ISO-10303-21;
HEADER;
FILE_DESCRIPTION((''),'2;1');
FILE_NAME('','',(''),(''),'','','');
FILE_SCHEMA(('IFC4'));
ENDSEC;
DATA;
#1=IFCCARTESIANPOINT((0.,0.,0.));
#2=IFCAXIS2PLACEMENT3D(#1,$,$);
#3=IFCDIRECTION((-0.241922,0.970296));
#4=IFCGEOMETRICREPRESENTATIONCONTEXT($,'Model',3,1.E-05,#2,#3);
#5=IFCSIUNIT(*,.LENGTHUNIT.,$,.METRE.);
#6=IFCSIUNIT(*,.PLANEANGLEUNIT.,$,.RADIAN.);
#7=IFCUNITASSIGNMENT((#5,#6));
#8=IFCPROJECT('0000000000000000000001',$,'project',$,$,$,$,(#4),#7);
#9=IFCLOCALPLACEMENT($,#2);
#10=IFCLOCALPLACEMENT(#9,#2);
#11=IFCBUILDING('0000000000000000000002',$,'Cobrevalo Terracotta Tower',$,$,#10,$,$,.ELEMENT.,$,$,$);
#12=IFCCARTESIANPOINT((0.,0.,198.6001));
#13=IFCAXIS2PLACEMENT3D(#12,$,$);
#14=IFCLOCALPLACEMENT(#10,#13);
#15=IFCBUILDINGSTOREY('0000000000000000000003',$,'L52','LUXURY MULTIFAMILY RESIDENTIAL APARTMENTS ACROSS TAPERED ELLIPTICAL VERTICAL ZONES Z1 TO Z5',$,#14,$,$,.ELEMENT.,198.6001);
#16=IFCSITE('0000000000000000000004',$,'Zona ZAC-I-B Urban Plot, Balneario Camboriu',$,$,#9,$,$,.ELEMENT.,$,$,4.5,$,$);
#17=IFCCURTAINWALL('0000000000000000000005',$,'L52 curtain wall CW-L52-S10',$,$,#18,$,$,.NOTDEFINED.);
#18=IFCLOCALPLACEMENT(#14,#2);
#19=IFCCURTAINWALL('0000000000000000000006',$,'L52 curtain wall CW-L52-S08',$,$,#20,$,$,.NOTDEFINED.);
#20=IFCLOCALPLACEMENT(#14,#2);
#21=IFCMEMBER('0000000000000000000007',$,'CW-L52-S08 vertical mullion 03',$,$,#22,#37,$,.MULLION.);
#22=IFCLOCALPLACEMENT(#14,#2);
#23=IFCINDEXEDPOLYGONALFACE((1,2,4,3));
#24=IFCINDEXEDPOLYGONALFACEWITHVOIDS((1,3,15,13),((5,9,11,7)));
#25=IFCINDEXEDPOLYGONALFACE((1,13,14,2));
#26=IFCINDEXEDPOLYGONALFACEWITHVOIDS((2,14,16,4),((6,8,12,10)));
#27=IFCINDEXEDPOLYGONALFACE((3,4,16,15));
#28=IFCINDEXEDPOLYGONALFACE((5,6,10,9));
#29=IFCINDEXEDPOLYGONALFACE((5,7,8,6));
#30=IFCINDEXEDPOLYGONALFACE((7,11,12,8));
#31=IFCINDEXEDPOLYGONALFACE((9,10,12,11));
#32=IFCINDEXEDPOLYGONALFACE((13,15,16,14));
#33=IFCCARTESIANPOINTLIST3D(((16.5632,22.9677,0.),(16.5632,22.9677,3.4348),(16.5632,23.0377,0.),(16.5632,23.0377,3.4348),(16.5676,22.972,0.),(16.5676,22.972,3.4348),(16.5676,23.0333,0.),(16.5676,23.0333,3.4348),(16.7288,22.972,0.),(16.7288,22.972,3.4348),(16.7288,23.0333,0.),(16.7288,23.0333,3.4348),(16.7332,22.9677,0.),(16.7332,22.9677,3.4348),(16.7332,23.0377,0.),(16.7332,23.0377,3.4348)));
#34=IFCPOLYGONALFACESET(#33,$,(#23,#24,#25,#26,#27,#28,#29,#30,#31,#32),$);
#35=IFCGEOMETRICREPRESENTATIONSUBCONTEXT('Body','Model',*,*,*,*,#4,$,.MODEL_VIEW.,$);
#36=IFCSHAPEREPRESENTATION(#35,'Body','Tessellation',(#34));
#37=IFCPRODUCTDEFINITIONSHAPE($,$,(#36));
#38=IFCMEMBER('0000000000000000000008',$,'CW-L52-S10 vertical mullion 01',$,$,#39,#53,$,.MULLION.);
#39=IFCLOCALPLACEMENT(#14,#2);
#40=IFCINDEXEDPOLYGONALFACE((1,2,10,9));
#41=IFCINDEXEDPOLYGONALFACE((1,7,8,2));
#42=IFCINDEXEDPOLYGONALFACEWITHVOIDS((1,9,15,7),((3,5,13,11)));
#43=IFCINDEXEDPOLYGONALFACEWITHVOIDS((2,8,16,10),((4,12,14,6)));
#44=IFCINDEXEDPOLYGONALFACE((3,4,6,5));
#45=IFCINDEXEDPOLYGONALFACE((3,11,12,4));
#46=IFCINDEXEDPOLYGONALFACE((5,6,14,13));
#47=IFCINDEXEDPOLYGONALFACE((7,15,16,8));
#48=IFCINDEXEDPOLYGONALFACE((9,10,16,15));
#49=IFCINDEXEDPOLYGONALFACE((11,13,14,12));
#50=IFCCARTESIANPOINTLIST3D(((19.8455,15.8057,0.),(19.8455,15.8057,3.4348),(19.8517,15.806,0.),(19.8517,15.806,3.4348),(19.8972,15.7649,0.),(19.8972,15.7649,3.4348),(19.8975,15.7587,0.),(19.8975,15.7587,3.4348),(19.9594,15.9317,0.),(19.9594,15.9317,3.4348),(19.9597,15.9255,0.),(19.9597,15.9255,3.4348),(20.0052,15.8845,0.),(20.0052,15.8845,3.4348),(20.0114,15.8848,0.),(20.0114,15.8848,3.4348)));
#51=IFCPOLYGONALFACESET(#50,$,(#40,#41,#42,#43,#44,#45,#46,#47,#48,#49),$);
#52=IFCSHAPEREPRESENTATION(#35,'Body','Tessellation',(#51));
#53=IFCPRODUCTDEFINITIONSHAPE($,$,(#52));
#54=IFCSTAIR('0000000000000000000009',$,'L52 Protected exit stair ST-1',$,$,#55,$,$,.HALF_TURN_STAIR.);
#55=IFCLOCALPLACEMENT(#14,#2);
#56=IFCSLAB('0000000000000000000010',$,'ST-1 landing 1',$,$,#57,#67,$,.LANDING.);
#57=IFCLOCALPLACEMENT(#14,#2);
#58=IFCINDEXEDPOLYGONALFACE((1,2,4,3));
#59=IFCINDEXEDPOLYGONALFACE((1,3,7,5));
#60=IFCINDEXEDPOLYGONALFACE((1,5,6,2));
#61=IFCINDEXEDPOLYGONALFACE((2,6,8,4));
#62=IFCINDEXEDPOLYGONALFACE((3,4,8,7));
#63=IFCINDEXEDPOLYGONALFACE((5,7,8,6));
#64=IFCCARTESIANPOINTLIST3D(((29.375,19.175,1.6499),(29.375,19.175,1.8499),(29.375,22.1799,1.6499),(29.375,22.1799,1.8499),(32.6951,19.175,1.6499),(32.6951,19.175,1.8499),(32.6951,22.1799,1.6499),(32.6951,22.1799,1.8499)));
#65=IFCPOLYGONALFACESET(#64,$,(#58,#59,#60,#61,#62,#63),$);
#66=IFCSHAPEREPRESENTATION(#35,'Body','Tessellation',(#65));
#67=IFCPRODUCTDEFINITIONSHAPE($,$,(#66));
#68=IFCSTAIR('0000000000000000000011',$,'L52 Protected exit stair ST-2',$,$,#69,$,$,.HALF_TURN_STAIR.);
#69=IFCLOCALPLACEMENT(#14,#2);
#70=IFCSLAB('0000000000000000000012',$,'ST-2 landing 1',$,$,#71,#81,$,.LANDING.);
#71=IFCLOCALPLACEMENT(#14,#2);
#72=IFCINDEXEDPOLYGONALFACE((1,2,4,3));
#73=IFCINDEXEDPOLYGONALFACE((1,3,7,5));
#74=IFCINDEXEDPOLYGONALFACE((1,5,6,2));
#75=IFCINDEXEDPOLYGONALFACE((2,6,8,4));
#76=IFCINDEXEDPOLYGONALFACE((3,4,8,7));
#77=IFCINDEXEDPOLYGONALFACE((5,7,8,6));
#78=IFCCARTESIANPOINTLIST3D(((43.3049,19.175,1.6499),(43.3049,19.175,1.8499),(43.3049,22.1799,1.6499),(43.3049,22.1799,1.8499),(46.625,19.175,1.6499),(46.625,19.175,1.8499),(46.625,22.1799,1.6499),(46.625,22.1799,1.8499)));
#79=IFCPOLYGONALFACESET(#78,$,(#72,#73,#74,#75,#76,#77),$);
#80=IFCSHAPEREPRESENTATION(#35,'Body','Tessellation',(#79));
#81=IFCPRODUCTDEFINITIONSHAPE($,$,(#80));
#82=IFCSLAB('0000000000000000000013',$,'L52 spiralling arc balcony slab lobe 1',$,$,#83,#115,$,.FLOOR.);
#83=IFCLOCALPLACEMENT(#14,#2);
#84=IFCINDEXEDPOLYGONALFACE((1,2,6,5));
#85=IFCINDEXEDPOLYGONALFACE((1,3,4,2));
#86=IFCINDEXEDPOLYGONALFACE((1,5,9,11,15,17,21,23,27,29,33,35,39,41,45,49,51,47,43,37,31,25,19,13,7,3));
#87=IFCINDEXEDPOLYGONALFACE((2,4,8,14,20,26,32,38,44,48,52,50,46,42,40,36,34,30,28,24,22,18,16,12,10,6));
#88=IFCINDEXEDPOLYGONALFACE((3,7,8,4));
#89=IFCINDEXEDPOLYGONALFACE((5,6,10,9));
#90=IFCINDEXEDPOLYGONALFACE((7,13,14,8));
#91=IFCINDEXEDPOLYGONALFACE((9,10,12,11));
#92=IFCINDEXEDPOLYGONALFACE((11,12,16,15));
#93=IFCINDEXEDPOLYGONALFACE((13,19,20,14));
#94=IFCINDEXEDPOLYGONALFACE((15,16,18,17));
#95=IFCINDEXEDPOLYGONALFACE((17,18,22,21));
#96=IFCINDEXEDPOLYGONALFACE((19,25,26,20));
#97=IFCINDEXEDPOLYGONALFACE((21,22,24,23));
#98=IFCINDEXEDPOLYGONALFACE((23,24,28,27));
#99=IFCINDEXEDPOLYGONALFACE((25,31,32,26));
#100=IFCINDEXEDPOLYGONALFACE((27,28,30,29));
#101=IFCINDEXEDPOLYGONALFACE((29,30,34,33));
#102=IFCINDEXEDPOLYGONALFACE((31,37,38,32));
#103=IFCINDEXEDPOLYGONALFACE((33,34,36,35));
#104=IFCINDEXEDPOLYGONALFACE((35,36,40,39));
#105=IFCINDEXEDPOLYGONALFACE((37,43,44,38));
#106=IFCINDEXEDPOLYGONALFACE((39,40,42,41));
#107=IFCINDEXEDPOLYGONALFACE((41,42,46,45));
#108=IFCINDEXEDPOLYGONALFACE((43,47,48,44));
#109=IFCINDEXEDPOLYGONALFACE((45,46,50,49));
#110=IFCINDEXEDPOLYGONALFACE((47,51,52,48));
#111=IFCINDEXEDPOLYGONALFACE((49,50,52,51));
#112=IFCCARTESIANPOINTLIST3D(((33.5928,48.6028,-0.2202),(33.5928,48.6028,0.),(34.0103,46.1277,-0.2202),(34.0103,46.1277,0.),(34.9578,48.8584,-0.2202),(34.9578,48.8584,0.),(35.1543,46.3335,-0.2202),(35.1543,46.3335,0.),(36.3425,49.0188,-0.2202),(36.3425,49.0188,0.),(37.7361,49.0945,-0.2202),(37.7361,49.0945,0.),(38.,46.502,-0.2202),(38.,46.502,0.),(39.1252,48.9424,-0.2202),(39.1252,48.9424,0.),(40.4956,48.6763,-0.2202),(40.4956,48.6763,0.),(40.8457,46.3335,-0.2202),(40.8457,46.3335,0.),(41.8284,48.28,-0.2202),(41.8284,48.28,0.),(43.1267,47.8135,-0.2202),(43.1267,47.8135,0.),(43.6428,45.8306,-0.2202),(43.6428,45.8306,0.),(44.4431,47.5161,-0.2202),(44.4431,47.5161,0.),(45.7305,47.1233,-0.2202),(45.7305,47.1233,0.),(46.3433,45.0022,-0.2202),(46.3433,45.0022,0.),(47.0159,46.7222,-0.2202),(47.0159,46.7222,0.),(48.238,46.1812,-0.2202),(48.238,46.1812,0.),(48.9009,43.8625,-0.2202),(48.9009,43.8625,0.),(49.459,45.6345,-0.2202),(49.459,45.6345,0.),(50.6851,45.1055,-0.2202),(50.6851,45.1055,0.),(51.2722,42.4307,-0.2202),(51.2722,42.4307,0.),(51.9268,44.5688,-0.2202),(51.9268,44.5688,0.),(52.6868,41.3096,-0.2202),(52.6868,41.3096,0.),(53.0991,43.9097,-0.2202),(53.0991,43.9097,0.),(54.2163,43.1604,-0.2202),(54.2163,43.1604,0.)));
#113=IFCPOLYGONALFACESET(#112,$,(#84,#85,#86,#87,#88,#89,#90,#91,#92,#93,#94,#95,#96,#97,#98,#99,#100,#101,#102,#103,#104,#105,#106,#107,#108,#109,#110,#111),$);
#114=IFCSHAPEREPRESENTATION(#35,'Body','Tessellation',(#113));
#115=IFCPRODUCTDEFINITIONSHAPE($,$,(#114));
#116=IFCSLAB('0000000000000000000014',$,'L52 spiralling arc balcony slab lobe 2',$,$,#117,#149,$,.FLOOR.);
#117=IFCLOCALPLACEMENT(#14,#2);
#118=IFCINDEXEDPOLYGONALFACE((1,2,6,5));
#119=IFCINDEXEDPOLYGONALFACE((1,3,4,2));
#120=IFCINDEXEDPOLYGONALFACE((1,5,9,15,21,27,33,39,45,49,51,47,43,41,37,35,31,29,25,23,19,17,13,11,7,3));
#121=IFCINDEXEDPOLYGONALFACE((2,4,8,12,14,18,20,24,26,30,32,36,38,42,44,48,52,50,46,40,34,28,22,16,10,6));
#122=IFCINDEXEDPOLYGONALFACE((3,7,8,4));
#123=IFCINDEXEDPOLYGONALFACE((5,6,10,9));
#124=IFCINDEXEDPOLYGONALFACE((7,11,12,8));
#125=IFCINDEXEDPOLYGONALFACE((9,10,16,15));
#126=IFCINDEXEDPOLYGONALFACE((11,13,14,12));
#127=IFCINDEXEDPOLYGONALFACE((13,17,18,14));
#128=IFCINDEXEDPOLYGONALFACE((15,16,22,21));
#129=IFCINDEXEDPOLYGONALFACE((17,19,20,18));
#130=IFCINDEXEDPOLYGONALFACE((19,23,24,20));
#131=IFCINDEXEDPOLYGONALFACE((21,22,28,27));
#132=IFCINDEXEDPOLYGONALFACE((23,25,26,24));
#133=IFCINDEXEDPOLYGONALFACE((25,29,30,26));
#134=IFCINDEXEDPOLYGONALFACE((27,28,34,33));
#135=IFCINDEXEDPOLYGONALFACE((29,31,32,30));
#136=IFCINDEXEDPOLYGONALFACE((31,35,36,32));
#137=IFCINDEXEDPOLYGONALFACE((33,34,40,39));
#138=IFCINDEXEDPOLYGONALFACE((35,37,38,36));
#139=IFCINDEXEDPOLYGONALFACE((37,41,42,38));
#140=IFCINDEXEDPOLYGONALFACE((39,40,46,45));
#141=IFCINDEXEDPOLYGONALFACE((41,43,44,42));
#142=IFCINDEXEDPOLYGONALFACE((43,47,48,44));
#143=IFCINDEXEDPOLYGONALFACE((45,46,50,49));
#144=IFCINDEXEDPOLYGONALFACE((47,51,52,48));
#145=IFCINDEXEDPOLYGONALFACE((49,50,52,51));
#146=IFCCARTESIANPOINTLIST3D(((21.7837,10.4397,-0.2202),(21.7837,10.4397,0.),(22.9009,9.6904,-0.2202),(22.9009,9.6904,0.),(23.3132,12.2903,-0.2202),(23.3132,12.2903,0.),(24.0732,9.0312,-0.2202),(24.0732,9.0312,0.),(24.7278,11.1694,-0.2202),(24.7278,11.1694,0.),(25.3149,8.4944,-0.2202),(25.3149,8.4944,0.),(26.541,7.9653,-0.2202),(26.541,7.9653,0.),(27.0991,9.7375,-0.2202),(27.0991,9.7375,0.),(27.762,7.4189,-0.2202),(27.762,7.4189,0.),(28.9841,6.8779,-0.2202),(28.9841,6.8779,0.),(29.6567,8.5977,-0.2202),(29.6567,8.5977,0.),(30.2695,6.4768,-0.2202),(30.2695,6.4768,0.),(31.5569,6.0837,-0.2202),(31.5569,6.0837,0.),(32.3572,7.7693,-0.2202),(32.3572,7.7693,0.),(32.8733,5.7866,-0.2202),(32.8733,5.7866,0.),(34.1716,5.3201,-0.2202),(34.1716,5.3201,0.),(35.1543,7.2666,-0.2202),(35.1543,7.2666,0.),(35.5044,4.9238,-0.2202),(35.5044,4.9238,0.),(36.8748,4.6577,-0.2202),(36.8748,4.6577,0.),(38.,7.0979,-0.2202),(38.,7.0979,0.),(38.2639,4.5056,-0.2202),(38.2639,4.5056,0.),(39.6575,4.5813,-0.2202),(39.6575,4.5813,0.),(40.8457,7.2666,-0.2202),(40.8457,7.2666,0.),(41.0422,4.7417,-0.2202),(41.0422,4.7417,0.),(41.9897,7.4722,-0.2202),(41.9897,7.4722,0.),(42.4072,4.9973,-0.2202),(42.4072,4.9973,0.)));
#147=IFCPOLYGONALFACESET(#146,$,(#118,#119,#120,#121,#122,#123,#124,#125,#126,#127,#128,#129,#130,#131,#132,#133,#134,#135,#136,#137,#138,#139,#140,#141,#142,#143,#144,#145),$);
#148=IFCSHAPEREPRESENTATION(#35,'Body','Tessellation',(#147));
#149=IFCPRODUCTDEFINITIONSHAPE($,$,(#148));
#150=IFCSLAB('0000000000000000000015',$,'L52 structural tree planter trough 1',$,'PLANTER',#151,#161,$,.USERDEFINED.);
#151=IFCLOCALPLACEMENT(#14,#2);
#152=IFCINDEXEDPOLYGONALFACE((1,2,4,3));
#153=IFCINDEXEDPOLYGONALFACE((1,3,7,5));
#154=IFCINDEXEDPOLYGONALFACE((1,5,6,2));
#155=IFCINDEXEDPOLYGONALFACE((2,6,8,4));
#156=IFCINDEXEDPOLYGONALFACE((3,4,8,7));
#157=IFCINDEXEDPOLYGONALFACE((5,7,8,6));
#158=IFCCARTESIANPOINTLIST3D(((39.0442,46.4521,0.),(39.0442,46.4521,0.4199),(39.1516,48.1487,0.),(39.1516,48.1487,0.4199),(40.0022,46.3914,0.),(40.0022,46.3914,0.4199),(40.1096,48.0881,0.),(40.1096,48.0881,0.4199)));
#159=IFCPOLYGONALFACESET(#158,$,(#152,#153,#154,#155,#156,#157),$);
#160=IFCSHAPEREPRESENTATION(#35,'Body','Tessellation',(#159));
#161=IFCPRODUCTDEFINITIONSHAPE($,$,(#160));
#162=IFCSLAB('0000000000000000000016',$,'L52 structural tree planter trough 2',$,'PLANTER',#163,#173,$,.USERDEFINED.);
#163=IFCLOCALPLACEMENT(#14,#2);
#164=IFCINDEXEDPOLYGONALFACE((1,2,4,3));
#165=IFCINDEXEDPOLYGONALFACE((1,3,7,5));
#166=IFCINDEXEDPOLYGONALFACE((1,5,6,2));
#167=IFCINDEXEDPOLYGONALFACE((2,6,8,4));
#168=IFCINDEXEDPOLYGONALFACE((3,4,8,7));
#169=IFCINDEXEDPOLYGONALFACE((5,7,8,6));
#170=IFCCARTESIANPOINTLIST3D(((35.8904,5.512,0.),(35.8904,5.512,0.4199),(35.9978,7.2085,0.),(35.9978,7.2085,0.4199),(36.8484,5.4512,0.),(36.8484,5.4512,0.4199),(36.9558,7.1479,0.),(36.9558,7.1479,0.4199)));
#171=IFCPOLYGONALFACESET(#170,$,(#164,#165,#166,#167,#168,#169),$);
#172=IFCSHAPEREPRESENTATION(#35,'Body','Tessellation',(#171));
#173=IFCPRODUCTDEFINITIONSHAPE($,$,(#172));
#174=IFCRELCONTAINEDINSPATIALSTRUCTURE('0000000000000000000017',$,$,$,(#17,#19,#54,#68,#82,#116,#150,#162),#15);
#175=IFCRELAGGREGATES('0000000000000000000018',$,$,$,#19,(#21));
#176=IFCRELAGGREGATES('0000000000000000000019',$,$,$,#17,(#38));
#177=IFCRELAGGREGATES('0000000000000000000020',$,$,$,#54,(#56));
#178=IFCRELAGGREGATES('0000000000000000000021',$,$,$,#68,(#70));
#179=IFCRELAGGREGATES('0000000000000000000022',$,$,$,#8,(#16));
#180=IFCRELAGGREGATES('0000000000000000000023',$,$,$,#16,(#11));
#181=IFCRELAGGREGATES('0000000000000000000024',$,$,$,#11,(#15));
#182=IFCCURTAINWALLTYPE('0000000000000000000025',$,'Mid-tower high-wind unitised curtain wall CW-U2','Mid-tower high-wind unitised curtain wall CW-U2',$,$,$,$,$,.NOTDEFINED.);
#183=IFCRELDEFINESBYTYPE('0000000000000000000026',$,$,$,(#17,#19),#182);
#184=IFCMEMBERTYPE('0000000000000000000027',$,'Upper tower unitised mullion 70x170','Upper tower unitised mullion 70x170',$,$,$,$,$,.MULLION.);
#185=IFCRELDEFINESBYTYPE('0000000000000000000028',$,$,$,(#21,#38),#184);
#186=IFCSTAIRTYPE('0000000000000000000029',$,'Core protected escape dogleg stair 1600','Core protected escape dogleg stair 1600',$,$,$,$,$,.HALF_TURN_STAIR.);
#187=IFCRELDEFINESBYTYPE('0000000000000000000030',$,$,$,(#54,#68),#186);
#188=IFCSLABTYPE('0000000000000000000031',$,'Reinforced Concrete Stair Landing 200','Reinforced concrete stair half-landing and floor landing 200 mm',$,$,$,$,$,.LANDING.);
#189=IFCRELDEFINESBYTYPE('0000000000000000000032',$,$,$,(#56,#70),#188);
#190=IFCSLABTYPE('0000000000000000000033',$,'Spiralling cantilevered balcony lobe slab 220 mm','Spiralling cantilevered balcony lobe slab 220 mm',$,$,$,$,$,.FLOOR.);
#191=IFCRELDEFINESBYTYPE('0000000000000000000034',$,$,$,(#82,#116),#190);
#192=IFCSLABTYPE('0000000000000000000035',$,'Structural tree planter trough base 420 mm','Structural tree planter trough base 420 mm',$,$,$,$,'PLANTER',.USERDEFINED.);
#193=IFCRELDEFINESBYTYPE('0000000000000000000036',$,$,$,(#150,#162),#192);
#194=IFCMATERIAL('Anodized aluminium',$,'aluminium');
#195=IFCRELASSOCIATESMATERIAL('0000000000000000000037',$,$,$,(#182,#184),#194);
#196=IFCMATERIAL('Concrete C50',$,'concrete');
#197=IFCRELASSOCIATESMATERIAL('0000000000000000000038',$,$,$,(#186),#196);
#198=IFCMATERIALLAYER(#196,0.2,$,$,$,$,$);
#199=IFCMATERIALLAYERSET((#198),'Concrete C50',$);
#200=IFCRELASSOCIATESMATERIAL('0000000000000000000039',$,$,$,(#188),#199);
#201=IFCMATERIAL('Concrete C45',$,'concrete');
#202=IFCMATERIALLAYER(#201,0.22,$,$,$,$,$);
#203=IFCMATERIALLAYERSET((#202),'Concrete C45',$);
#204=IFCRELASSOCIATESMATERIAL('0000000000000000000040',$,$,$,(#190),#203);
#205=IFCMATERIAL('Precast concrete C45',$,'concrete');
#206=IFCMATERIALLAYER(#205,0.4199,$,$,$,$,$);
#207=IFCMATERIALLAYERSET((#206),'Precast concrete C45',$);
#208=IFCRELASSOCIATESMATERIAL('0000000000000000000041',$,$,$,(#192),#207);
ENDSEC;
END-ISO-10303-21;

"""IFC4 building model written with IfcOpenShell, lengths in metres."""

from ifc_helpers import new_model, si_unit, direction, frame, origin, origin_2d, place, context, subcontext, project, spatial, polyline, hollow_rectangle, outline, extrude, source, transform, mapped, material, layer, layer_set, material_profile, profile_set, type_object, element, aggregate, save


model = new_model("IFC4")

# Units and contexts
model_context = context("Model", 3, precision=1e-05, world=origin(), true_north=direction((-0.241922, 0.970296)))
body_context = subcontext(model_context, "Body", "Model", "MODEL_VIEW")
ifc_project = project(units=[si_unit("LENGTHUNIT", "METRE"), si_unit("PLANEANGLEUNIT", "RADIAN")], contexts=[model_context])

# Site, building, storey
site_placement = place(None, origin())
site = spatial("IfcSite", under=ifc_project, at=site_placement, Name="Zona ZAC-I-B Urban Plot, Balneario Camboriu", CompositionType="ELEMENT", RefElevation=4.5)
building_placement = place(site_placement, origin())
building = spatial("IfcBuilding", under=site, at=building_placement, Name="Cobrevalo Terracotta Tower", CompositionType="ELEMENT")
storey_placement = place(building_placement, frame((0.0, 0.0, 198.6001)))
storey = spatial("IfcBuildingStorey", under=building, at=storey_placement, Name="L52", Description="LUXURY MULTIFAMILY RESIDENTIAL APARTMENTS ACROSS TAPERED ELLIPTICAL VERTICAL ZONES Z1 TO Z5", CompositionType="ELEMENT", Elevation=198.6001)

# Curtain wall
ifc_material_1 = material(Name="Anodized aluminium", Category="aluminium")
curtain_wall_type = type_object("IfcCurtainWallType", Name="Mid-tower high-wind unitised curtain wall CW-U2", Description="Mid-tower high-wind unitised curtain wall CW-U2", PredefinedType="NOTDEFINED", material=ifc_material_1)
curtain_wall_1_placement = place(storey_placement, origin())
curtain_wall_1 = element("IfcCurtainWall", 1, at=curtain_wall_1_placement, inside=storey, type_object=curtain_wall_type, Name="L52 curtain wall CW-L52-S10", PredefinedType="NOTDEFINED")

# Curtain wall, member
curtain_wall_2_placement = place(storey_placement, origin())
curtain_wall_2 = element("IfcCurtainWall", 2, at=curtain_wall_2_placement, inside=storey, type_object=curtain_wall_type, Name="L52 curtain wall CW-L52-S08", PredefinedType="NOTDEFINED")
ifc_material_profile_1 = material_profile(ifc_material_1, hollow_rectangle(XDim=0.0701, YDim=0.1699, WallThickness=0.0044, at=origin_2d()), Name="CWM 70x170")
ifc_profile_set_1 = profile_set([ifc_material_profile_1], Name="Anodized aluminium")
member_type_1 = type_object("IfcMemberType", Name="Upper tower unitised mullion 70x170", Description="Upper tower unitised mullion 70x170", PredefinedType="MULLION", material=ifc_profile_set_1)
shared_shape_1 = source(origin(), body_context, "Body", "SweptSolid", [
    extrude(hollow_rectangle(XDim=0.0701, YDim=0.1699, WallThickness=0.0044, at=origin_2d()), origin(), (0.0, 0.0, 1.0), 3.4348),
])
member_1_placement = place(storey_placement, frame((16.6482, 23.0027, 0.0), z_axis=(0.0, 0.0, 1.0), x_axis=(0.0, -1.0, 0.0)))
member_1 = element("IfcMember", 3, at=member_1_placement, type_object=member_type_1, Name="CW-L52-S08 vertical mullion 03", PredefinedType="MULLION", context=body_context, shape_type="MappedRepresentation", body=[
    mapped(shared_shape_1, transform((0.0, 0.0, 0.0), scale=1.0)),
])
aggregate(curtain_wall_2, [member_1])

# Member
member_2_placement = place(storey_placement, frame((19.9285, 15.8452, 0.0), z_axis=(0.0, 0.0, 1.0), x_axis=(0.741988, -0.670414, 0.0)))
member_2 = element("IfcMember", 4, at=member_2_placement, type_object=member_type_1, Name="CW-L52-S10 vertical mullion 01", PredefinedType="MULLION", context=body_context, shape_type="MappedRepresentation", body=[
    mapped(shared_shape_1, transform((0.0, 0.0, 0.0), scale=1.0)),
])
aggregate(curtain_wall_1, [member_2])

# Stairs, slabs
ifc_material_2 = material(Name="Concrete C50", Category="concrete")
stair_type = type_object("IfcStairType", Name="Core protected escape dogleg stair 1600", Description="Core protected escape dogleg stair 1600", PredefinedType="HALF_TURN_STAIR", material=ifc_material_2)
stair_1_placement = place(storey_placement, origin())
stair_1 = element("IfcStair", 5, at=stair_1_placement, inside=storey, type_object=stair_type, Name="L52 Protected exit stair ST-1", PredefinedType="HALF_TURN_STAIR")
ifc_layer_1 = layer(ifc_material_2, 0.2)
ifc_layer_set_1 = layer_set([ifc_layer_1], Name="Concrete C50")
slab_type_1 = type_object("IfcSlabType", Name="Reinforced Concrete Stair Landing 200", Description="Reinforced concrete stair half-landing and floor landing 200 mm", PredefinedType="LANDING", material=ifc_layer_set_1)
slab_1_placement = place(storey_placement, frame((0.0, 0.0, 1.6499)))
slab_1 = element("IfcSlab", 6, at=slab_1_placement, type_object=slab_type_1, Name="ST-1 landing 1", PredefinedType="LANDING", context=body_context, shape_type="SweptSolid", body=[
    extrude(outline(polyline([(29.375, 22.1799), (29.375, 19.175), (32.6951, 19.175), (32.6951, 22.1799), (29.375, 22.1799)])), origin(), (0.0, 0.0, 1.0), 0.2),
])
aggregate(stair_1, [slab_1])
stair_2_placement = place(storey_placement, origin())
stair_2 = element("IfcStair", 7, at=stair_2_placement, inside=storey, type_object=stair_type, Name="L52 Protected exit stair ST-2", PredefinedType="HALF_TURN_STAIR")
slab_2_placement = place(storey_placement, frame((0.0, 0.0, 1.6499)))
slab_2 = element("IfcSlab", 8, at=slab_2_placement, type_object=slab_type_1, Name="ST-2 landing 1", PredefinedType="LANDING", context=body_context, shape_type="SweptSolid", body=[
    extrude(outline(polyline([(43.3049, 22.1799), (43.3049, 19.175), (46.625, 19.175), (46.625, 22.1799), (43.3049, 22.1799)])), origin(), (0.0, 0.0, 1.0), 0.2),
])
aggregate(stair_2, [slab_2])

# Slabs
ifc_material_3 = material(Name="Concrete C45", Category="concrete")
ifc_layer_2 = layer(ifc_material_3, 0.22)
ifc_layer_set_2 = layer_set([ifc_layer_2], Name="Concrete C45")
slab_type_2 = type_object("IfcSlabType", Name="Spiralling cantilevered balcony lobe slab 220 mm", Description="Spiralling cantilevered balcony lobe slab 220 mm", PredefinedType="FLOOR", material=ifc_layer_set_2)
slab_3_placement = place(storey_placement, frame((0.0, 0.0, -0.2202)))
element("IfcSlab", 9, at=slab_3_placement, inside=storey, type_object=slab_type_2, Name="L52 spiralling arc balcony slab lobe 1", PredefinedType="FLOOR", context=body_context, shape_type="SweptSolid", body=[
    extrude(outline(polyline([(54.2163, 43.1604), (53.0991, 43.9097), (51.9268, 44.5688), (50.6851, 45.1055), (49.459, 45.6345), (48.238, 46.1812), (47.0159, 46.7222), (45.7305, 47.1233), (44.4431, 47.5161), (43.1267, 47.8135), (41.8284, 48.28), (40.4956, 48.6763), (39.1252, 48.9424), (37.7361, 49.0945), (36.3425, 49.0188), (34.9578, 48.8584), (33.5928, 48.6028), (34.0103, 46.1277), (35.1543, 46.3335), (38.0, 46.502), (40.8457, 46.3335), (43.6428, 45.8306), (46.3433, 45.0022), (48.9009, 43.8625), (51.2722, 42.4307), (52.6868, 41.3096), (54.2163, 43.1604)])), origin(), (0.0, 0.0, 1.0), 0.2202),
])
slab_4_placement = place(storey_placement, frame((0.0, 0.0, -0.2202)))
element("IfcSlab", 10, at=slab_4_placement, inside=storey, type_object=slab_type_2, Name="L52 spiralling arc balcony slab lobe 2", PredefinedType="FLOOR", context=body_context, shape_type="SweptSolid", body=[
    extrude(outline(polyline([(21.7837, 10.4397), (22.9009, 9.6904), (24.0732, 9.0312), (25.3149, 8.4944), (26.541, 7.9653), (27.762, 7.4189), (28.9841, 6.8779), (30.2695, 6.4768), (31.5569, 6.0837), (32.8733, 5.7866), (34.1716, 5.3201), (35.5044, 4.9238), (36.8748, 4.6577), (38.2639, 4.5056), (39.6575, 4.5813), (41.0422, 4.7417), (42.4072, 4.9973), (41.9897, 7.4722), (40.8457, 7.2666), (38.0, 7.0979), (35.1543, 7.2666), (32.3572, 7.7693), (29.6567, 8.5977), (27.0991, 9.7375), (24.7278, 11.1694), (23.3132, 12.2903), (21.7837, 10.4397)])), origin(), (0.0, 0.0, 1.0), 0.2202),
])
ifc_material_4 = material(Name="Precast concrete C45", Category="concrete")
ifc_layer_3 = layer(ifc_material_4, 0.4199)
ifc_layer_set_3 = layer_set([ifc_layer_3], Name="Precast concrete C45")
slab_type_3 = type_object("IfcSlabType", Name="Structural tree planter trough base 420 mm", Description="Structural tree planter trough base 420 mm", ElementType="PLANTER", PredefinedType="USERDEFINED", material=ifc_layer_set_3)
slab_5_placement = place(storey_placement, origin())
element("IfcSlab", 11, at=slab_5_placement, inside=storey, type_object=slab_type_3, Name="L52 structural tree planter trough 1", ObjectType="PLANTER", PredefinedType="USERDEFINED", context=body_context, shape_type="SweptSolid", body=[
    extrude(outline(polyline([(40.0022, 46.3914), (40.1096, 48.0881), (39.1516, 48.1487), (39.0442, 46.4521), (40.0022, 46.3914)])), origin(), (0.0, 0.0, 1.0), 0.4199),
])
slab_6_placement = place(storey_placement, origin())
element("IfcSlab", 12, at=slab_6_placement, inside=storey, type_object=slab_type_3, Name="L52 structural tree planter trough 2", ObjectType="PLANTER", PredefinedType="USERDEFINED", context=body_context, shape_type="SweptSolid", body=[
    extrude(outline(polyline([(35.9978, 7.2085), (35.8904, 5.512), (36.8484, 5.4512), (36.9558, 7.1479), (35.9978, 7.2085)])), origin(), (0.0, 0.0, 1.0), 0.4199),
])

save(model, "model.ifc")
